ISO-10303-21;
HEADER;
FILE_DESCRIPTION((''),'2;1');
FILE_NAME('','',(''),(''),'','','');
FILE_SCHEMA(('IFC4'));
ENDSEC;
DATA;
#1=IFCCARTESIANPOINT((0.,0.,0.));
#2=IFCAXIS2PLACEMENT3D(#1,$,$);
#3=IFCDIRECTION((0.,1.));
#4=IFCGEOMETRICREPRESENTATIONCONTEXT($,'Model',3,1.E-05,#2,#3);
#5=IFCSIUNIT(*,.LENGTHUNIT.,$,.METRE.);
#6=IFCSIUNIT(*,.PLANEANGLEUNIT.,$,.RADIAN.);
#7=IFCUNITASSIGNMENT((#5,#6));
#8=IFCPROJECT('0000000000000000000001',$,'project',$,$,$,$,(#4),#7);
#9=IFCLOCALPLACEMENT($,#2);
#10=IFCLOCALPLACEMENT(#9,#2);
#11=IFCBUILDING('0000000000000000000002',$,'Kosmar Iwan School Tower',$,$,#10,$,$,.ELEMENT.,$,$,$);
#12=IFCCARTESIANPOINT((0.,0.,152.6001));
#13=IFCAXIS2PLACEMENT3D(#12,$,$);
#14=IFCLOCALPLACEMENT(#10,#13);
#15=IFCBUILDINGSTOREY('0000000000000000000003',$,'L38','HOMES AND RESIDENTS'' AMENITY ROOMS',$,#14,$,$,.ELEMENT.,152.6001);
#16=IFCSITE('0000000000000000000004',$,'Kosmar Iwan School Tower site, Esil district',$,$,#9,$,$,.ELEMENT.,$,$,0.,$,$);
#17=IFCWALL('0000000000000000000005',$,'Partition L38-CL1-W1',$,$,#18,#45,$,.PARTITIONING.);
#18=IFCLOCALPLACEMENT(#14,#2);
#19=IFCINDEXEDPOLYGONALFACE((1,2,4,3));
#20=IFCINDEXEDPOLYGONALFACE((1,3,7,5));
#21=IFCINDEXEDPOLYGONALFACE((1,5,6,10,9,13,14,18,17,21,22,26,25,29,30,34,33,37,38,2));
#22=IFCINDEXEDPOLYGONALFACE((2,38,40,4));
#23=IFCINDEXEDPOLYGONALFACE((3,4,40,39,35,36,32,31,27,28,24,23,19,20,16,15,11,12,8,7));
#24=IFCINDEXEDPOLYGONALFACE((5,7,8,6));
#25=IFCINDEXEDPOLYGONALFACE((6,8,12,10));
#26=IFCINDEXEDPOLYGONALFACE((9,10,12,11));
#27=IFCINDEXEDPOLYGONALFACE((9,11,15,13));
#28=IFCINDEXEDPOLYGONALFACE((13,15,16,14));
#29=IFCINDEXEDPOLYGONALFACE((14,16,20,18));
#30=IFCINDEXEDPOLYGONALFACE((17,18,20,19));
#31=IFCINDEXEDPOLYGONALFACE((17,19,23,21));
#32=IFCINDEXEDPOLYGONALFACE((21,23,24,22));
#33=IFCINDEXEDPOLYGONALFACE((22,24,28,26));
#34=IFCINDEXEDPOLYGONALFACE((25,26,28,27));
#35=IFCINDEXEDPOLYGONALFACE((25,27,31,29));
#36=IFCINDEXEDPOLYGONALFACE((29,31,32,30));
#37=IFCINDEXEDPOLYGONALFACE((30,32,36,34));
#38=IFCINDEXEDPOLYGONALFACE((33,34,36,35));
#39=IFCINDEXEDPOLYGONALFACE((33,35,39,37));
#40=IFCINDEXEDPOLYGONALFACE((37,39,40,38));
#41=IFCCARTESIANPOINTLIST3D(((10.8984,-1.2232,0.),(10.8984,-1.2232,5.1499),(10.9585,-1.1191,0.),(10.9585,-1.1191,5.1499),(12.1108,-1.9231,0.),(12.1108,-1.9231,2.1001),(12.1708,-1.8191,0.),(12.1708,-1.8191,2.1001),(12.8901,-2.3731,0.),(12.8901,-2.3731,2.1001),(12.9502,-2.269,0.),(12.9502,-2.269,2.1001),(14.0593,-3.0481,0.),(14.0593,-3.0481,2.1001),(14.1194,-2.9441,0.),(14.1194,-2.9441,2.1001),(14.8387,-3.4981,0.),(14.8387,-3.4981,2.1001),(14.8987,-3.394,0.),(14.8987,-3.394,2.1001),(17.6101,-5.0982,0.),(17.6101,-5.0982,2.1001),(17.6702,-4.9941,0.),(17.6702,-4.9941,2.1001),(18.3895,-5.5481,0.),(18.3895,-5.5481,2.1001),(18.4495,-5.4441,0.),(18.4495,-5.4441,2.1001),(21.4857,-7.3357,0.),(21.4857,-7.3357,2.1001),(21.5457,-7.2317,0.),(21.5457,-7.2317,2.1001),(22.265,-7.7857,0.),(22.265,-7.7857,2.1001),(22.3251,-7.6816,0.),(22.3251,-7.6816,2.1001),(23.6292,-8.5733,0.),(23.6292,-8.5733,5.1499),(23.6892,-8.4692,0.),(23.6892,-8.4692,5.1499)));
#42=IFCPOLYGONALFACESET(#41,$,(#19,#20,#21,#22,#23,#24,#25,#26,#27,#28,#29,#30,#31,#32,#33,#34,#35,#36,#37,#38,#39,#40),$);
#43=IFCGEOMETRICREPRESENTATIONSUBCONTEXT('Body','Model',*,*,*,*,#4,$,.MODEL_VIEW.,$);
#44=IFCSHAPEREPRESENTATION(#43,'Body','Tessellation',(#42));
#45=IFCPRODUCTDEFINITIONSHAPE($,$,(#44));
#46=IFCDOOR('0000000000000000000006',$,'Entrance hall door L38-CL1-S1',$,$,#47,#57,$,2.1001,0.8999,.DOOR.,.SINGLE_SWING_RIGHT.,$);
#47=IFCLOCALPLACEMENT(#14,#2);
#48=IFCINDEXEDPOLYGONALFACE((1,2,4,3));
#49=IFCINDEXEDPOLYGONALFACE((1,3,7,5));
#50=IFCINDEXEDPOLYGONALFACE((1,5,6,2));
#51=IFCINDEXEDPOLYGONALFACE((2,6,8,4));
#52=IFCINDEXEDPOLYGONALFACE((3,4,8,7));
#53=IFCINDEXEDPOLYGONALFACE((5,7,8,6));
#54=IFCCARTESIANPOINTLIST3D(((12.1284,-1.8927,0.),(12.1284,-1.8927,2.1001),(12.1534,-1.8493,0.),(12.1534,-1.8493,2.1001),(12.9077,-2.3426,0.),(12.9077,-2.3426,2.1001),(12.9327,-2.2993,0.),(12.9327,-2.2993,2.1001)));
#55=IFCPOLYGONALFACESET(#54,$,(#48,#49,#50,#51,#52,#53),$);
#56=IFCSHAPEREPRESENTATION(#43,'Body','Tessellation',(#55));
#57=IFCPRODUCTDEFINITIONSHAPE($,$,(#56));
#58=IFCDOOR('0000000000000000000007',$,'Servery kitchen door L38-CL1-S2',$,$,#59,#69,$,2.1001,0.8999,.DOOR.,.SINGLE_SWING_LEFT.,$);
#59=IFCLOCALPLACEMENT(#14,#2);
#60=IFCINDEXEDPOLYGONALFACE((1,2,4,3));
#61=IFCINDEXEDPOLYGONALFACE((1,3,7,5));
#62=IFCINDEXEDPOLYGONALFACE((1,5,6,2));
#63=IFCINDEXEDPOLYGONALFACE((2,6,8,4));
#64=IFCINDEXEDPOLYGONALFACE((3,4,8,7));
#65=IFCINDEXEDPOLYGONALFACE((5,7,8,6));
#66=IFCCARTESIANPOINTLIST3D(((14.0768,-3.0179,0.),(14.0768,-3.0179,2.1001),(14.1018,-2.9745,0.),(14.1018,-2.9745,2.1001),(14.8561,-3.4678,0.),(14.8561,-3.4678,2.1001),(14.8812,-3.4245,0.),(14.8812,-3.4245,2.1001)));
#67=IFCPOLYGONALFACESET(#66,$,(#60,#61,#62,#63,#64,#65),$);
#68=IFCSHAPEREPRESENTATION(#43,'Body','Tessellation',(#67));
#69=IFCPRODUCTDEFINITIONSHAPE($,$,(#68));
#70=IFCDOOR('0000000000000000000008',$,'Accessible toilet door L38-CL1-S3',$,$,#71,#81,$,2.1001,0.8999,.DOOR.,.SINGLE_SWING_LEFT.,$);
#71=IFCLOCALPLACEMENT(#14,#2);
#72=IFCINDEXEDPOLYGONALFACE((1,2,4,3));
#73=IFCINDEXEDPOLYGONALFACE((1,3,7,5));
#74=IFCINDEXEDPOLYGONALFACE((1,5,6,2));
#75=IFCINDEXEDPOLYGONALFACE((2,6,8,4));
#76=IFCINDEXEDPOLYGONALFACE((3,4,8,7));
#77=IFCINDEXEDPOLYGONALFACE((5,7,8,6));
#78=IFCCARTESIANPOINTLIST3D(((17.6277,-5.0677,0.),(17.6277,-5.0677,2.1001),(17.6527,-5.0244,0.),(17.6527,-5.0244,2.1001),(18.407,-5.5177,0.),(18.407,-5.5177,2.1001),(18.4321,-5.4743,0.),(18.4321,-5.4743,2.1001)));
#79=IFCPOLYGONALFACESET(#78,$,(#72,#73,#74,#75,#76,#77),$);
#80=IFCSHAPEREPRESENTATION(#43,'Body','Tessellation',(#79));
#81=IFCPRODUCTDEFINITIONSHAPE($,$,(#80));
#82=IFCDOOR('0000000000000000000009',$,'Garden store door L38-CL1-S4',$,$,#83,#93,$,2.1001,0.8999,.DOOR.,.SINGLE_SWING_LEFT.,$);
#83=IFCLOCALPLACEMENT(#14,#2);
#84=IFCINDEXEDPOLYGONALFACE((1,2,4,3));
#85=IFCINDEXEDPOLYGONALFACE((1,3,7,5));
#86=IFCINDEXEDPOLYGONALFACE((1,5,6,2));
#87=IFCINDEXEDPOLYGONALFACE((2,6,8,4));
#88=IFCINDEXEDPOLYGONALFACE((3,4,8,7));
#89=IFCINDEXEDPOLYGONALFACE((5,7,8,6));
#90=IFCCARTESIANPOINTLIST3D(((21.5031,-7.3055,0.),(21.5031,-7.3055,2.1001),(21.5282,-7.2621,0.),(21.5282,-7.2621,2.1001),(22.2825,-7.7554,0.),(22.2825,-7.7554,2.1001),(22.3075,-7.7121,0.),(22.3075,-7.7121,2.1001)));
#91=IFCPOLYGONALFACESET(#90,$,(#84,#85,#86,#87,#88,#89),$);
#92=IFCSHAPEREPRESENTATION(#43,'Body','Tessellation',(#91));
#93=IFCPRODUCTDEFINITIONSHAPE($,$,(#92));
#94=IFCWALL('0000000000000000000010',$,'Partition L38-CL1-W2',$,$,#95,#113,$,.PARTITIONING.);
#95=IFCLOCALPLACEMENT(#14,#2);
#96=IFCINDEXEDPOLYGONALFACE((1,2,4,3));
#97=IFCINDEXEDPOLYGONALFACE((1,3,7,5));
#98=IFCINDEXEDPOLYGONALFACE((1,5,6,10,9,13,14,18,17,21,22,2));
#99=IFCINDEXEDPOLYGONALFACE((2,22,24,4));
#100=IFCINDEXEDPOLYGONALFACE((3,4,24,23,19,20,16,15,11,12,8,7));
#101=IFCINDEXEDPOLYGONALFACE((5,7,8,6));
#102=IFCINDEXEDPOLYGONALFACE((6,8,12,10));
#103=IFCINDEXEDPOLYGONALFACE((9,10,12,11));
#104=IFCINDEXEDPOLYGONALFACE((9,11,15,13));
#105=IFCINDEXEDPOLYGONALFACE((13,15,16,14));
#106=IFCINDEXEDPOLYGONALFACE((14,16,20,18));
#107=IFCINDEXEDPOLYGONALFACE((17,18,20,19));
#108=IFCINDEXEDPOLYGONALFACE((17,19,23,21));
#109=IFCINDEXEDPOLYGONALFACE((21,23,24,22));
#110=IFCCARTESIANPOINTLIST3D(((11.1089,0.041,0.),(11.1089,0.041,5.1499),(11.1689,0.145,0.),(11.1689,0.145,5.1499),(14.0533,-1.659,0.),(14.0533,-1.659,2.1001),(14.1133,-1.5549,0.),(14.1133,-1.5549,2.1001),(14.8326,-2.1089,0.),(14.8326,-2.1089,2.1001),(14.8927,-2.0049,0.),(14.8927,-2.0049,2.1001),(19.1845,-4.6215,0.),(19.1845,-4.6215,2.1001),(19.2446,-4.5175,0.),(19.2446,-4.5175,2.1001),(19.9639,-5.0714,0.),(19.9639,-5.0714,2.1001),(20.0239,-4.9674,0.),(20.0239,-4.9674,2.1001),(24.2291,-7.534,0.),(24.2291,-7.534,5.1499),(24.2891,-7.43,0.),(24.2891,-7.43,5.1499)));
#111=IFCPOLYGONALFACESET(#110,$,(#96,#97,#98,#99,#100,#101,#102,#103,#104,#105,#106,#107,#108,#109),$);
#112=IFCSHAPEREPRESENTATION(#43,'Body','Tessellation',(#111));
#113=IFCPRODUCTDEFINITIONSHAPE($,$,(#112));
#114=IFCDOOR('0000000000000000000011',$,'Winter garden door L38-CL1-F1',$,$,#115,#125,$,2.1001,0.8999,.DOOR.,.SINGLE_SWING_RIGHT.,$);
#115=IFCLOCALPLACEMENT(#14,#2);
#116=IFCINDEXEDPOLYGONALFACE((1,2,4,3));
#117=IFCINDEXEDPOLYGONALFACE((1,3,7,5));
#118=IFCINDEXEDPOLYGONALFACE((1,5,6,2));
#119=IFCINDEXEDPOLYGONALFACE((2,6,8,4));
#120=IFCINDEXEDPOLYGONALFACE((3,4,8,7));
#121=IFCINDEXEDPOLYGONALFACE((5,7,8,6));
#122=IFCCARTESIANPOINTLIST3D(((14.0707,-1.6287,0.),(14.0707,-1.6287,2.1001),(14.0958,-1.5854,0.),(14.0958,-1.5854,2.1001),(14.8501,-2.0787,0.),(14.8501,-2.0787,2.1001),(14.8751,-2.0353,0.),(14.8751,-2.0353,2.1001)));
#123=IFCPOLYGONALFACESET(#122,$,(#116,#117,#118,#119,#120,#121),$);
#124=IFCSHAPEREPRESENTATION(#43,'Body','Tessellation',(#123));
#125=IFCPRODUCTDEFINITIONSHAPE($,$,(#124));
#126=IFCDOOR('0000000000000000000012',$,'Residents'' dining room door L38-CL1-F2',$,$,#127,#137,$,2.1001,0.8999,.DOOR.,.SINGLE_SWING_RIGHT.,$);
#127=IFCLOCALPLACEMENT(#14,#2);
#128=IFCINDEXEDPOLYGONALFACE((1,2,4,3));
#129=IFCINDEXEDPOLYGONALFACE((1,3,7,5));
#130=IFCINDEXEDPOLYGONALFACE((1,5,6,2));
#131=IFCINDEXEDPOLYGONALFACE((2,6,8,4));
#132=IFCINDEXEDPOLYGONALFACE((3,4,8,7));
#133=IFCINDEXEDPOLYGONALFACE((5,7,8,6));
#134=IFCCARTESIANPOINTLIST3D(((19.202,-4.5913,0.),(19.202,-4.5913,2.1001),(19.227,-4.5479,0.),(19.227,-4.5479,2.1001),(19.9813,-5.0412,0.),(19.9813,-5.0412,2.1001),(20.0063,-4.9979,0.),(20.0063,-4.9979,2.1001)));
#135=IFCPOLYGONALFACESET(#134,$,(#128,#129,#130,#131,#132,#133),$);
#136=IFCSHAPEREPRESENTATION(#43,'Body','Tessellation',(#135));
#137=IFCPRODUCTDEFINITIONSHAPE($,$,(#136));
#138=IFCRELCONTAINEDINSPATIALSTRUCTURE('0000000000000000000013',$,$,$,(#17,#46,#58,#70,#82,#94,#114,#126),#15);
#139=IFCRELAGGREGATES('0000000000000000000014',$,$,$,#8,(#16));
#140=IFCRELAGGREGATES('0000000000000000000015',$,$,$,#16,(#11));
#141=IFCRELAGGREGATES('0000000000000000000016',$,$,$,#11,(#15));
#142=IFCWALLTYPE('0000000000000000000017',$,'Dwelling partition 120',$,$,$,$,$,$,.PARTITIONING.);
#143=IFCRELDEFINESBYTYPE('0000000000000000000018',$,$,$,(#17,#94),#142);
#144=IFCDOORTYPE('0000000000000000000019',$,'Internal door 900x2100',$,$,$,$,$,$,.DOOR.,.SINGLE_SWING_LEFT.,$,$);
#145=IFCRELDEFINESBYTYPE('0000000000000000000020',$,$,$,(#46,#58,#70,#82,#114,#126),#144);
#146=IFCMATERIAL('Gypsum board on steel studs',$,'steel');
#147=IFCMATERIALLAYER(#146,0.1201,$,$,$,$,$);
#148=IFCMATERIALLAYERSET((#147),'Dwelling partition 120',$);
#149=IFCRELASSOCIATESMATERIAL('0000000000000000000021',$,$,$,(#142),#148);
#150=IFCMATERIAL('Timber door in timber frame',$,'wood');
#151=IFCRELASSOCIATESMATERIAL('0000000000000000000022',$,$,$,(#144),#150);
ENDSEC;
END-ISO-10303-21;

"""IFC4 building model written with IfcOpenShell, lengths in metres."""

from ifc_helpers import new_model, si_unit, direction, frame, frame_2d, origin, place, context, subcontext, project, spatial, rectangle, extrude, material, layer, layer_set, type_object, element, fill, save


model = new_model("IFC4")

# Units and contexts
model_context = context("Model", 3, precision=1e-05, world=origin(), true_north=direction((0.0, 1.0)))
body_context = subcontext(model_context, "Body", "Model", "MODEL_VIEW")
ifc_project = project(units=[si_unit("LENGTHUNIT", "METRE"), si_unit("PLANEANGLEUNIT", "RADIAN")], contexts=[model_context])

# Site, building, storey
site_placement = place(None, origin())
site = spatial("IfcSite", under=ifc_project, at=site_placement, Name="Kosmar Iwan School Tower site, Esil district", CompositionType="ELEMENT", RefElevation=0.0)
building_placement = place(site_placement, origin())
building = spatial("IfcBuilding", under=site, at=building_placement, Name="Kosmar Iwan School Tower", CompositionType="ELEMENT")
storey_placement = place(building_placement, frame((0.0, 0.0, 152.6001)))
storey = spatial("IfcBuildingStorey", under=building, at=storey_placement, Name="L38", Description="HOMES AND RESIDENTS' AMENITY ROOMS", CompositionType="ELEMENT", Elevation=152.6001)

# Walls, openings, doors
ifc_material_1 = material(Name="Gypsum board on steel studs", Category="steel")
ifc_layer_1 = layer(ifc_material_1, 0.1201)
ifc_layer_set_1 = layer_set([ifc_layer_1], Name="Dwelling partition 120")
wall_type_1 = type_object("IfcWallType", Name="Dwelling partition 120", PredefinedType="PARTITIONING", material=ifc_layer_set_1)
wall_1_placement = place(storey_placement, frame((10.9285, -1.1711, 0.0), z_axis=(0.0, 0.0, 1.0), x_axis=(0.866025, -0.500001, 0.0)))
wall_1 = element("IfcWall", 1, at=wall_1_placement, inside=storey, type_object=wall_type_1, Name="Partition L38-CL1-W1", PredefinedType="PARTITIONING", context=body_context, shape_type="SweptSolid", body=[
    extrude(rectangle(XDim=14.7002, YDim=0.1201, at=frame_2d((7.3501, 0.0))), origin(), (0.0, 0.0, 1.0), 5.1499),
])
opening_1_placement = place(wall_1_placement, frame((1.3999, 0.0, 0.0)))
opening_1 = element("IfcOpeningElement", 2, at=opening_1_placement, cuts=wall_1, PredefinedType="OPENING", context=body_context, shape_type="SweptSolid", body=[
    extrude(rectangle(XDim=0.8999, YDim=2.1001, at=frame_2d((0.45, 1.05))), frame((0.0, 0.072, 0.0), z_axis=(0.0, -1.0, 0.0), x_axis=(1.0, 0.0, 0.0)), (0.0, 0.0, 1.0), 0.144),
])
opening_2_placement = place(wall_1_placement, frame((3.6499, 0.0, 0.0)))
opening_2 = element("IfcOpeningElement", 3, at=opening_2_placement, cuts=wall_1, PredefinedType="OPENING", context=body_context, shape_type="SweptSolid", body=[
    extrude(rectangle(XDim=0.8999, YDim=2.1001, at=frame_2d((0.45, 1.05))), frame((0.0, 0.072, 0.0), z_axis=(0.0, -1.0, 0.0), x_axis=(1.0, 0.0, 0.0)), (0.0, 0.0, 1.0), 0.144),
])
opening_3_placement = place(wall_1_placement, frame((7.75, 0.0, 0.0)))
opening_3 = element("IfcOpeningElement", 4, at=opening_3_placement, cuts=wall_1, PredefinedType="OPENING", context=body_context, shape_type="SweptSolid", body=[
    extrude(rectangle(XDim=0.8999, YDim=2.1001, at=frame_2d((0.45, 1.05))), frame((0.0, 0.072, 0.0), z_axis=(0.0, -1.0, 0.0), x_axis=(1.0, 0.0, 0.0)), (0.0, 0.0, 1.0), 0.144),
])
opening_4_placement = place(wall_1_placement, frame((12.2251, 0.0, 0.0)))
opening_4 = element("IfcOpeningElement", 5, at=opening_4_placement, cuts=wall_1, PredefinedType="OPENING", context=body_context, shape_type="SweptSolid", body=[
    extrude(rectangle(XDim=0.8999, YDim=2.1001, at=frame_2d((0.45, 1.05))), frame((0.0, 0.072, 0.0), z_axis=(0.0, -1.0, 0.0), x_axis=(1.0, 0.0, 0.0)), (0.0, 0.0, 1.0), 0.144),
])
ifc_material_2 = material(Name="Timber door in timber frame", Category="wood")
door_type_1 = type_object("IfcDoorType", Name="Internal door 900x2100", OperationType="SINGLE_SWING_LEFT", PredefinedType="DOOR", material=ifc_material_2)
door_1_placement = place(opening_1_placement, frame((0.8999, 0.0, 0.0), z_axis=(0.0, 0.0, 1.0), x_axis=(-1.0, 0.0, 0.0)))
door_1 = element("IfcDoor", 6, at=door_1_placement, inside=storey, type_object=door_type_1, Name="Entrance hall door L38-CL1-S1", OperationType="SINGLE_SWING_RIGHT", OverallHeight=2.1001, OverallWidth=0.8999, PredefinedType="DOOR", context=body_context, shape_type="SweptSolid", body=[
    extrude(rectangle(XDim=0.8999, YDim=2.1001, at=frame_2d((0.45, 1.05))), frame((0.0, 0.0249, 0.0), z_axis=(0.0, -1.0, 0.0), x_axis=(1.0, 0.0, 0.0)), (0.0, 0.0, 1.0), 0.05),
])
fill(opening_1, door_1)
door_2_placement = place(opening_2_placement, origin())
door_2 = element("IfcDoor", 7, at=door_2_placement, inside=storey, type_object=door_type_1, Name="Servery kitchen door L38-CL1-S2", OperationType="SINGLE_SWING_LEFT", OverallHeight=2.1001, OverallWidth=0.8999, PredefinedType="DOOR", context=body_context, shape_type="SweptSolid", body=[
    extrude(rectangle(XDim=0.8999, YDim=2.1001, at=frame_2d((0.45, 1.05))), frame((0.0, 0.0249, 0.0), z_axis=(0.0, -1.0, 0.0), x_axis=(1.0, 0.0, 0.0)), (0.0, 0.0, 1.0), 0.05),
])
fill(opening_2, door_2)
door_3_placement = place(opening_3_placement, frame((0.8999, 0.0, 0.0), z_axis=(0.0, 0.0, 1.0), x_axis=(-1.0, 0.0, 0.0)))
door_3 = element("IfcDoor", 8, at=door_3_placement, inside=storey, type_object=door_type_1, Name="Accessible toilet door L38-CL1-S3", OperationType="SINGLE_SWING_LEFT", OverallHeight=2.1001, OverallWidth=0.8999, PredefinedType="DOOR", context=body_context, shape_type="SweptSolid", body=[
    extrude(rectangle(XDim=0.8999, YDim=2.1001, at=frame_2d((0.45, 1.05))), frame((0.0, 0.0249, 0.0), z_axis=(0.0, -1.0, 0.0), x_axis=(1.0, 0.0, 0.0)), (0.0, 0.0, 1.0), 0.05),
])
fill(opening_3, door_3)
door_4_placement = place(opening_4_placement, origin())
door_4 = element("IfcDoor", 9, at=door_4_placement, inside=storey, type_object=door_type_1, Name="Garden store door L38-CL1-S4", OperationType="SINGLE_SWING_LEFT", OverallHeight=2.1001, OverallWidth=0.8999, PredefinedType="DOOR", context=body_context, shape_type="SweptSolid", body=[
    extrude(rectangle(XDim=0.8999, YDim=2.1001, at=frame_2d((0.45, 1.05))), frame((0.0, 0.0249, 0.0), z_axis=(0.0, -1.0, 0.0), x_axis=(1.0, 0.0, 0.0)), (0.0, 0.0, 1.0), 0.05),
])
fill(opening_4, door_4)
wall_2_placement = place(storey_placement, frame((11.1389, 0.093, 0.0), z_axis=(0.0, 0.0, 1.0), x_axis=(0.866024, -0.500002, 0.0)))
wall_2 = element("IfcWall", 10, at=wall_2_placement, inside=storey, type_object=wall_type_1, Name="Partition L38-CL1-W2", PredefinedType="PARTITIONING", context=body_context, shape_type="SweptSolid", body=[
    extrude(rectangle(XDim=15.1499, YDim=0.1201, at=frame_2d((7.575, 0.0))), origin(), (0.0, 0.0, 1.0), 5.1499),
])
opening_5_placement = place(wall_2_placement, frame((3.3999, 0.0, 0.0)))
opening_5 = element("IfcOpeningElement", 11, at=opening_5_placement, cuts=wall_2, PredefinedType="OPENING", context=body_context, shape_type="SweptSolid", body=[
    extrude(rectangle(XDim=0.8999, YDim=2.1001, at=frame_2d((0.45, 1.05))), frame((0.0, 0.072, 0.0), z_axis=(0.0, -1.0, 0.0), x_axis=(1.0, 0.0, 0.0)), (0.0, 0.0, 1.0), 0.144),
])
opening_6_placement = place(wall_2_placement, frame((9.325, 0.0, 0.0)))
opening_6 = element("IfcOpeningElement", 12, at=opening_6_placement, cuts=wall_2, PredefinedType="OPENING", context=body_context, shape_type="SweptSolid", body=[
    extrude(rectangle(XDim=0.8999, YDim=2.1001, at=frame_2d((0.45, 1.05))), frame((0.0, 0.072, 0.0), z_axis=(0.0, -1.0, 0.0), x_axis=(1.0, 0.0, 0.0)), (0.0, 0.0, 1.0), 0.144),
])
door_5_placement = place(opening_5_placement, origin())
door_5 = element("IfcDoor", 13, at=door_5_placement, inside=storey, type_object=door_type_1, Name="Winter garden door L38-CL1-F1", OperationType="SINGLE_SWING_RIGHT", OverallHeight=2.1001, OverallWidth=0.8999, PredefinedType="DOOR", context=body_context, shape_type="SweptSolid", body=[
    extrude(rectangle(XDim=0.8999, YDim=2.1001, at=frame_2d((0.45, 1.05))), frame((0.0, 0.0249, 0.0), z_axis=(0.0, -1.0, 0.0), x_axis=(1.0, 0.0, 0.0)), (0.0, 0.0, 1.0), 0.05),
])
fill(opening_5, door_5)
door_6_placement = place(opening_6_placement, origin())
door_6 = element("IfcDoor", 14, at=door_6_placement, inside=storey, type_object=door_type_1, Name="Residents' dining room door L38-CL1-F2", OperationType="SINGLE_SWING_RIGHT", OverallHeight=2.1001, OverallWidth=0.8999, PredefinedType="DOOR", context=body_context, shape_type="SweptSolid", body=[
    extrude(rectangle(XDim=0.8999, YDim=2.1001, at=frame_2d((0.45, 1.05))), frame((0.0, 0.0249, 0.0), z_axis=(0.0, -1.0, 0.0), x_axis=(1.0, 0.0, 0.0)), (0.0, 0.0, 1.0), 0.05),
])
fill(opening_6, door_6)

save(model, "model.ifc")
